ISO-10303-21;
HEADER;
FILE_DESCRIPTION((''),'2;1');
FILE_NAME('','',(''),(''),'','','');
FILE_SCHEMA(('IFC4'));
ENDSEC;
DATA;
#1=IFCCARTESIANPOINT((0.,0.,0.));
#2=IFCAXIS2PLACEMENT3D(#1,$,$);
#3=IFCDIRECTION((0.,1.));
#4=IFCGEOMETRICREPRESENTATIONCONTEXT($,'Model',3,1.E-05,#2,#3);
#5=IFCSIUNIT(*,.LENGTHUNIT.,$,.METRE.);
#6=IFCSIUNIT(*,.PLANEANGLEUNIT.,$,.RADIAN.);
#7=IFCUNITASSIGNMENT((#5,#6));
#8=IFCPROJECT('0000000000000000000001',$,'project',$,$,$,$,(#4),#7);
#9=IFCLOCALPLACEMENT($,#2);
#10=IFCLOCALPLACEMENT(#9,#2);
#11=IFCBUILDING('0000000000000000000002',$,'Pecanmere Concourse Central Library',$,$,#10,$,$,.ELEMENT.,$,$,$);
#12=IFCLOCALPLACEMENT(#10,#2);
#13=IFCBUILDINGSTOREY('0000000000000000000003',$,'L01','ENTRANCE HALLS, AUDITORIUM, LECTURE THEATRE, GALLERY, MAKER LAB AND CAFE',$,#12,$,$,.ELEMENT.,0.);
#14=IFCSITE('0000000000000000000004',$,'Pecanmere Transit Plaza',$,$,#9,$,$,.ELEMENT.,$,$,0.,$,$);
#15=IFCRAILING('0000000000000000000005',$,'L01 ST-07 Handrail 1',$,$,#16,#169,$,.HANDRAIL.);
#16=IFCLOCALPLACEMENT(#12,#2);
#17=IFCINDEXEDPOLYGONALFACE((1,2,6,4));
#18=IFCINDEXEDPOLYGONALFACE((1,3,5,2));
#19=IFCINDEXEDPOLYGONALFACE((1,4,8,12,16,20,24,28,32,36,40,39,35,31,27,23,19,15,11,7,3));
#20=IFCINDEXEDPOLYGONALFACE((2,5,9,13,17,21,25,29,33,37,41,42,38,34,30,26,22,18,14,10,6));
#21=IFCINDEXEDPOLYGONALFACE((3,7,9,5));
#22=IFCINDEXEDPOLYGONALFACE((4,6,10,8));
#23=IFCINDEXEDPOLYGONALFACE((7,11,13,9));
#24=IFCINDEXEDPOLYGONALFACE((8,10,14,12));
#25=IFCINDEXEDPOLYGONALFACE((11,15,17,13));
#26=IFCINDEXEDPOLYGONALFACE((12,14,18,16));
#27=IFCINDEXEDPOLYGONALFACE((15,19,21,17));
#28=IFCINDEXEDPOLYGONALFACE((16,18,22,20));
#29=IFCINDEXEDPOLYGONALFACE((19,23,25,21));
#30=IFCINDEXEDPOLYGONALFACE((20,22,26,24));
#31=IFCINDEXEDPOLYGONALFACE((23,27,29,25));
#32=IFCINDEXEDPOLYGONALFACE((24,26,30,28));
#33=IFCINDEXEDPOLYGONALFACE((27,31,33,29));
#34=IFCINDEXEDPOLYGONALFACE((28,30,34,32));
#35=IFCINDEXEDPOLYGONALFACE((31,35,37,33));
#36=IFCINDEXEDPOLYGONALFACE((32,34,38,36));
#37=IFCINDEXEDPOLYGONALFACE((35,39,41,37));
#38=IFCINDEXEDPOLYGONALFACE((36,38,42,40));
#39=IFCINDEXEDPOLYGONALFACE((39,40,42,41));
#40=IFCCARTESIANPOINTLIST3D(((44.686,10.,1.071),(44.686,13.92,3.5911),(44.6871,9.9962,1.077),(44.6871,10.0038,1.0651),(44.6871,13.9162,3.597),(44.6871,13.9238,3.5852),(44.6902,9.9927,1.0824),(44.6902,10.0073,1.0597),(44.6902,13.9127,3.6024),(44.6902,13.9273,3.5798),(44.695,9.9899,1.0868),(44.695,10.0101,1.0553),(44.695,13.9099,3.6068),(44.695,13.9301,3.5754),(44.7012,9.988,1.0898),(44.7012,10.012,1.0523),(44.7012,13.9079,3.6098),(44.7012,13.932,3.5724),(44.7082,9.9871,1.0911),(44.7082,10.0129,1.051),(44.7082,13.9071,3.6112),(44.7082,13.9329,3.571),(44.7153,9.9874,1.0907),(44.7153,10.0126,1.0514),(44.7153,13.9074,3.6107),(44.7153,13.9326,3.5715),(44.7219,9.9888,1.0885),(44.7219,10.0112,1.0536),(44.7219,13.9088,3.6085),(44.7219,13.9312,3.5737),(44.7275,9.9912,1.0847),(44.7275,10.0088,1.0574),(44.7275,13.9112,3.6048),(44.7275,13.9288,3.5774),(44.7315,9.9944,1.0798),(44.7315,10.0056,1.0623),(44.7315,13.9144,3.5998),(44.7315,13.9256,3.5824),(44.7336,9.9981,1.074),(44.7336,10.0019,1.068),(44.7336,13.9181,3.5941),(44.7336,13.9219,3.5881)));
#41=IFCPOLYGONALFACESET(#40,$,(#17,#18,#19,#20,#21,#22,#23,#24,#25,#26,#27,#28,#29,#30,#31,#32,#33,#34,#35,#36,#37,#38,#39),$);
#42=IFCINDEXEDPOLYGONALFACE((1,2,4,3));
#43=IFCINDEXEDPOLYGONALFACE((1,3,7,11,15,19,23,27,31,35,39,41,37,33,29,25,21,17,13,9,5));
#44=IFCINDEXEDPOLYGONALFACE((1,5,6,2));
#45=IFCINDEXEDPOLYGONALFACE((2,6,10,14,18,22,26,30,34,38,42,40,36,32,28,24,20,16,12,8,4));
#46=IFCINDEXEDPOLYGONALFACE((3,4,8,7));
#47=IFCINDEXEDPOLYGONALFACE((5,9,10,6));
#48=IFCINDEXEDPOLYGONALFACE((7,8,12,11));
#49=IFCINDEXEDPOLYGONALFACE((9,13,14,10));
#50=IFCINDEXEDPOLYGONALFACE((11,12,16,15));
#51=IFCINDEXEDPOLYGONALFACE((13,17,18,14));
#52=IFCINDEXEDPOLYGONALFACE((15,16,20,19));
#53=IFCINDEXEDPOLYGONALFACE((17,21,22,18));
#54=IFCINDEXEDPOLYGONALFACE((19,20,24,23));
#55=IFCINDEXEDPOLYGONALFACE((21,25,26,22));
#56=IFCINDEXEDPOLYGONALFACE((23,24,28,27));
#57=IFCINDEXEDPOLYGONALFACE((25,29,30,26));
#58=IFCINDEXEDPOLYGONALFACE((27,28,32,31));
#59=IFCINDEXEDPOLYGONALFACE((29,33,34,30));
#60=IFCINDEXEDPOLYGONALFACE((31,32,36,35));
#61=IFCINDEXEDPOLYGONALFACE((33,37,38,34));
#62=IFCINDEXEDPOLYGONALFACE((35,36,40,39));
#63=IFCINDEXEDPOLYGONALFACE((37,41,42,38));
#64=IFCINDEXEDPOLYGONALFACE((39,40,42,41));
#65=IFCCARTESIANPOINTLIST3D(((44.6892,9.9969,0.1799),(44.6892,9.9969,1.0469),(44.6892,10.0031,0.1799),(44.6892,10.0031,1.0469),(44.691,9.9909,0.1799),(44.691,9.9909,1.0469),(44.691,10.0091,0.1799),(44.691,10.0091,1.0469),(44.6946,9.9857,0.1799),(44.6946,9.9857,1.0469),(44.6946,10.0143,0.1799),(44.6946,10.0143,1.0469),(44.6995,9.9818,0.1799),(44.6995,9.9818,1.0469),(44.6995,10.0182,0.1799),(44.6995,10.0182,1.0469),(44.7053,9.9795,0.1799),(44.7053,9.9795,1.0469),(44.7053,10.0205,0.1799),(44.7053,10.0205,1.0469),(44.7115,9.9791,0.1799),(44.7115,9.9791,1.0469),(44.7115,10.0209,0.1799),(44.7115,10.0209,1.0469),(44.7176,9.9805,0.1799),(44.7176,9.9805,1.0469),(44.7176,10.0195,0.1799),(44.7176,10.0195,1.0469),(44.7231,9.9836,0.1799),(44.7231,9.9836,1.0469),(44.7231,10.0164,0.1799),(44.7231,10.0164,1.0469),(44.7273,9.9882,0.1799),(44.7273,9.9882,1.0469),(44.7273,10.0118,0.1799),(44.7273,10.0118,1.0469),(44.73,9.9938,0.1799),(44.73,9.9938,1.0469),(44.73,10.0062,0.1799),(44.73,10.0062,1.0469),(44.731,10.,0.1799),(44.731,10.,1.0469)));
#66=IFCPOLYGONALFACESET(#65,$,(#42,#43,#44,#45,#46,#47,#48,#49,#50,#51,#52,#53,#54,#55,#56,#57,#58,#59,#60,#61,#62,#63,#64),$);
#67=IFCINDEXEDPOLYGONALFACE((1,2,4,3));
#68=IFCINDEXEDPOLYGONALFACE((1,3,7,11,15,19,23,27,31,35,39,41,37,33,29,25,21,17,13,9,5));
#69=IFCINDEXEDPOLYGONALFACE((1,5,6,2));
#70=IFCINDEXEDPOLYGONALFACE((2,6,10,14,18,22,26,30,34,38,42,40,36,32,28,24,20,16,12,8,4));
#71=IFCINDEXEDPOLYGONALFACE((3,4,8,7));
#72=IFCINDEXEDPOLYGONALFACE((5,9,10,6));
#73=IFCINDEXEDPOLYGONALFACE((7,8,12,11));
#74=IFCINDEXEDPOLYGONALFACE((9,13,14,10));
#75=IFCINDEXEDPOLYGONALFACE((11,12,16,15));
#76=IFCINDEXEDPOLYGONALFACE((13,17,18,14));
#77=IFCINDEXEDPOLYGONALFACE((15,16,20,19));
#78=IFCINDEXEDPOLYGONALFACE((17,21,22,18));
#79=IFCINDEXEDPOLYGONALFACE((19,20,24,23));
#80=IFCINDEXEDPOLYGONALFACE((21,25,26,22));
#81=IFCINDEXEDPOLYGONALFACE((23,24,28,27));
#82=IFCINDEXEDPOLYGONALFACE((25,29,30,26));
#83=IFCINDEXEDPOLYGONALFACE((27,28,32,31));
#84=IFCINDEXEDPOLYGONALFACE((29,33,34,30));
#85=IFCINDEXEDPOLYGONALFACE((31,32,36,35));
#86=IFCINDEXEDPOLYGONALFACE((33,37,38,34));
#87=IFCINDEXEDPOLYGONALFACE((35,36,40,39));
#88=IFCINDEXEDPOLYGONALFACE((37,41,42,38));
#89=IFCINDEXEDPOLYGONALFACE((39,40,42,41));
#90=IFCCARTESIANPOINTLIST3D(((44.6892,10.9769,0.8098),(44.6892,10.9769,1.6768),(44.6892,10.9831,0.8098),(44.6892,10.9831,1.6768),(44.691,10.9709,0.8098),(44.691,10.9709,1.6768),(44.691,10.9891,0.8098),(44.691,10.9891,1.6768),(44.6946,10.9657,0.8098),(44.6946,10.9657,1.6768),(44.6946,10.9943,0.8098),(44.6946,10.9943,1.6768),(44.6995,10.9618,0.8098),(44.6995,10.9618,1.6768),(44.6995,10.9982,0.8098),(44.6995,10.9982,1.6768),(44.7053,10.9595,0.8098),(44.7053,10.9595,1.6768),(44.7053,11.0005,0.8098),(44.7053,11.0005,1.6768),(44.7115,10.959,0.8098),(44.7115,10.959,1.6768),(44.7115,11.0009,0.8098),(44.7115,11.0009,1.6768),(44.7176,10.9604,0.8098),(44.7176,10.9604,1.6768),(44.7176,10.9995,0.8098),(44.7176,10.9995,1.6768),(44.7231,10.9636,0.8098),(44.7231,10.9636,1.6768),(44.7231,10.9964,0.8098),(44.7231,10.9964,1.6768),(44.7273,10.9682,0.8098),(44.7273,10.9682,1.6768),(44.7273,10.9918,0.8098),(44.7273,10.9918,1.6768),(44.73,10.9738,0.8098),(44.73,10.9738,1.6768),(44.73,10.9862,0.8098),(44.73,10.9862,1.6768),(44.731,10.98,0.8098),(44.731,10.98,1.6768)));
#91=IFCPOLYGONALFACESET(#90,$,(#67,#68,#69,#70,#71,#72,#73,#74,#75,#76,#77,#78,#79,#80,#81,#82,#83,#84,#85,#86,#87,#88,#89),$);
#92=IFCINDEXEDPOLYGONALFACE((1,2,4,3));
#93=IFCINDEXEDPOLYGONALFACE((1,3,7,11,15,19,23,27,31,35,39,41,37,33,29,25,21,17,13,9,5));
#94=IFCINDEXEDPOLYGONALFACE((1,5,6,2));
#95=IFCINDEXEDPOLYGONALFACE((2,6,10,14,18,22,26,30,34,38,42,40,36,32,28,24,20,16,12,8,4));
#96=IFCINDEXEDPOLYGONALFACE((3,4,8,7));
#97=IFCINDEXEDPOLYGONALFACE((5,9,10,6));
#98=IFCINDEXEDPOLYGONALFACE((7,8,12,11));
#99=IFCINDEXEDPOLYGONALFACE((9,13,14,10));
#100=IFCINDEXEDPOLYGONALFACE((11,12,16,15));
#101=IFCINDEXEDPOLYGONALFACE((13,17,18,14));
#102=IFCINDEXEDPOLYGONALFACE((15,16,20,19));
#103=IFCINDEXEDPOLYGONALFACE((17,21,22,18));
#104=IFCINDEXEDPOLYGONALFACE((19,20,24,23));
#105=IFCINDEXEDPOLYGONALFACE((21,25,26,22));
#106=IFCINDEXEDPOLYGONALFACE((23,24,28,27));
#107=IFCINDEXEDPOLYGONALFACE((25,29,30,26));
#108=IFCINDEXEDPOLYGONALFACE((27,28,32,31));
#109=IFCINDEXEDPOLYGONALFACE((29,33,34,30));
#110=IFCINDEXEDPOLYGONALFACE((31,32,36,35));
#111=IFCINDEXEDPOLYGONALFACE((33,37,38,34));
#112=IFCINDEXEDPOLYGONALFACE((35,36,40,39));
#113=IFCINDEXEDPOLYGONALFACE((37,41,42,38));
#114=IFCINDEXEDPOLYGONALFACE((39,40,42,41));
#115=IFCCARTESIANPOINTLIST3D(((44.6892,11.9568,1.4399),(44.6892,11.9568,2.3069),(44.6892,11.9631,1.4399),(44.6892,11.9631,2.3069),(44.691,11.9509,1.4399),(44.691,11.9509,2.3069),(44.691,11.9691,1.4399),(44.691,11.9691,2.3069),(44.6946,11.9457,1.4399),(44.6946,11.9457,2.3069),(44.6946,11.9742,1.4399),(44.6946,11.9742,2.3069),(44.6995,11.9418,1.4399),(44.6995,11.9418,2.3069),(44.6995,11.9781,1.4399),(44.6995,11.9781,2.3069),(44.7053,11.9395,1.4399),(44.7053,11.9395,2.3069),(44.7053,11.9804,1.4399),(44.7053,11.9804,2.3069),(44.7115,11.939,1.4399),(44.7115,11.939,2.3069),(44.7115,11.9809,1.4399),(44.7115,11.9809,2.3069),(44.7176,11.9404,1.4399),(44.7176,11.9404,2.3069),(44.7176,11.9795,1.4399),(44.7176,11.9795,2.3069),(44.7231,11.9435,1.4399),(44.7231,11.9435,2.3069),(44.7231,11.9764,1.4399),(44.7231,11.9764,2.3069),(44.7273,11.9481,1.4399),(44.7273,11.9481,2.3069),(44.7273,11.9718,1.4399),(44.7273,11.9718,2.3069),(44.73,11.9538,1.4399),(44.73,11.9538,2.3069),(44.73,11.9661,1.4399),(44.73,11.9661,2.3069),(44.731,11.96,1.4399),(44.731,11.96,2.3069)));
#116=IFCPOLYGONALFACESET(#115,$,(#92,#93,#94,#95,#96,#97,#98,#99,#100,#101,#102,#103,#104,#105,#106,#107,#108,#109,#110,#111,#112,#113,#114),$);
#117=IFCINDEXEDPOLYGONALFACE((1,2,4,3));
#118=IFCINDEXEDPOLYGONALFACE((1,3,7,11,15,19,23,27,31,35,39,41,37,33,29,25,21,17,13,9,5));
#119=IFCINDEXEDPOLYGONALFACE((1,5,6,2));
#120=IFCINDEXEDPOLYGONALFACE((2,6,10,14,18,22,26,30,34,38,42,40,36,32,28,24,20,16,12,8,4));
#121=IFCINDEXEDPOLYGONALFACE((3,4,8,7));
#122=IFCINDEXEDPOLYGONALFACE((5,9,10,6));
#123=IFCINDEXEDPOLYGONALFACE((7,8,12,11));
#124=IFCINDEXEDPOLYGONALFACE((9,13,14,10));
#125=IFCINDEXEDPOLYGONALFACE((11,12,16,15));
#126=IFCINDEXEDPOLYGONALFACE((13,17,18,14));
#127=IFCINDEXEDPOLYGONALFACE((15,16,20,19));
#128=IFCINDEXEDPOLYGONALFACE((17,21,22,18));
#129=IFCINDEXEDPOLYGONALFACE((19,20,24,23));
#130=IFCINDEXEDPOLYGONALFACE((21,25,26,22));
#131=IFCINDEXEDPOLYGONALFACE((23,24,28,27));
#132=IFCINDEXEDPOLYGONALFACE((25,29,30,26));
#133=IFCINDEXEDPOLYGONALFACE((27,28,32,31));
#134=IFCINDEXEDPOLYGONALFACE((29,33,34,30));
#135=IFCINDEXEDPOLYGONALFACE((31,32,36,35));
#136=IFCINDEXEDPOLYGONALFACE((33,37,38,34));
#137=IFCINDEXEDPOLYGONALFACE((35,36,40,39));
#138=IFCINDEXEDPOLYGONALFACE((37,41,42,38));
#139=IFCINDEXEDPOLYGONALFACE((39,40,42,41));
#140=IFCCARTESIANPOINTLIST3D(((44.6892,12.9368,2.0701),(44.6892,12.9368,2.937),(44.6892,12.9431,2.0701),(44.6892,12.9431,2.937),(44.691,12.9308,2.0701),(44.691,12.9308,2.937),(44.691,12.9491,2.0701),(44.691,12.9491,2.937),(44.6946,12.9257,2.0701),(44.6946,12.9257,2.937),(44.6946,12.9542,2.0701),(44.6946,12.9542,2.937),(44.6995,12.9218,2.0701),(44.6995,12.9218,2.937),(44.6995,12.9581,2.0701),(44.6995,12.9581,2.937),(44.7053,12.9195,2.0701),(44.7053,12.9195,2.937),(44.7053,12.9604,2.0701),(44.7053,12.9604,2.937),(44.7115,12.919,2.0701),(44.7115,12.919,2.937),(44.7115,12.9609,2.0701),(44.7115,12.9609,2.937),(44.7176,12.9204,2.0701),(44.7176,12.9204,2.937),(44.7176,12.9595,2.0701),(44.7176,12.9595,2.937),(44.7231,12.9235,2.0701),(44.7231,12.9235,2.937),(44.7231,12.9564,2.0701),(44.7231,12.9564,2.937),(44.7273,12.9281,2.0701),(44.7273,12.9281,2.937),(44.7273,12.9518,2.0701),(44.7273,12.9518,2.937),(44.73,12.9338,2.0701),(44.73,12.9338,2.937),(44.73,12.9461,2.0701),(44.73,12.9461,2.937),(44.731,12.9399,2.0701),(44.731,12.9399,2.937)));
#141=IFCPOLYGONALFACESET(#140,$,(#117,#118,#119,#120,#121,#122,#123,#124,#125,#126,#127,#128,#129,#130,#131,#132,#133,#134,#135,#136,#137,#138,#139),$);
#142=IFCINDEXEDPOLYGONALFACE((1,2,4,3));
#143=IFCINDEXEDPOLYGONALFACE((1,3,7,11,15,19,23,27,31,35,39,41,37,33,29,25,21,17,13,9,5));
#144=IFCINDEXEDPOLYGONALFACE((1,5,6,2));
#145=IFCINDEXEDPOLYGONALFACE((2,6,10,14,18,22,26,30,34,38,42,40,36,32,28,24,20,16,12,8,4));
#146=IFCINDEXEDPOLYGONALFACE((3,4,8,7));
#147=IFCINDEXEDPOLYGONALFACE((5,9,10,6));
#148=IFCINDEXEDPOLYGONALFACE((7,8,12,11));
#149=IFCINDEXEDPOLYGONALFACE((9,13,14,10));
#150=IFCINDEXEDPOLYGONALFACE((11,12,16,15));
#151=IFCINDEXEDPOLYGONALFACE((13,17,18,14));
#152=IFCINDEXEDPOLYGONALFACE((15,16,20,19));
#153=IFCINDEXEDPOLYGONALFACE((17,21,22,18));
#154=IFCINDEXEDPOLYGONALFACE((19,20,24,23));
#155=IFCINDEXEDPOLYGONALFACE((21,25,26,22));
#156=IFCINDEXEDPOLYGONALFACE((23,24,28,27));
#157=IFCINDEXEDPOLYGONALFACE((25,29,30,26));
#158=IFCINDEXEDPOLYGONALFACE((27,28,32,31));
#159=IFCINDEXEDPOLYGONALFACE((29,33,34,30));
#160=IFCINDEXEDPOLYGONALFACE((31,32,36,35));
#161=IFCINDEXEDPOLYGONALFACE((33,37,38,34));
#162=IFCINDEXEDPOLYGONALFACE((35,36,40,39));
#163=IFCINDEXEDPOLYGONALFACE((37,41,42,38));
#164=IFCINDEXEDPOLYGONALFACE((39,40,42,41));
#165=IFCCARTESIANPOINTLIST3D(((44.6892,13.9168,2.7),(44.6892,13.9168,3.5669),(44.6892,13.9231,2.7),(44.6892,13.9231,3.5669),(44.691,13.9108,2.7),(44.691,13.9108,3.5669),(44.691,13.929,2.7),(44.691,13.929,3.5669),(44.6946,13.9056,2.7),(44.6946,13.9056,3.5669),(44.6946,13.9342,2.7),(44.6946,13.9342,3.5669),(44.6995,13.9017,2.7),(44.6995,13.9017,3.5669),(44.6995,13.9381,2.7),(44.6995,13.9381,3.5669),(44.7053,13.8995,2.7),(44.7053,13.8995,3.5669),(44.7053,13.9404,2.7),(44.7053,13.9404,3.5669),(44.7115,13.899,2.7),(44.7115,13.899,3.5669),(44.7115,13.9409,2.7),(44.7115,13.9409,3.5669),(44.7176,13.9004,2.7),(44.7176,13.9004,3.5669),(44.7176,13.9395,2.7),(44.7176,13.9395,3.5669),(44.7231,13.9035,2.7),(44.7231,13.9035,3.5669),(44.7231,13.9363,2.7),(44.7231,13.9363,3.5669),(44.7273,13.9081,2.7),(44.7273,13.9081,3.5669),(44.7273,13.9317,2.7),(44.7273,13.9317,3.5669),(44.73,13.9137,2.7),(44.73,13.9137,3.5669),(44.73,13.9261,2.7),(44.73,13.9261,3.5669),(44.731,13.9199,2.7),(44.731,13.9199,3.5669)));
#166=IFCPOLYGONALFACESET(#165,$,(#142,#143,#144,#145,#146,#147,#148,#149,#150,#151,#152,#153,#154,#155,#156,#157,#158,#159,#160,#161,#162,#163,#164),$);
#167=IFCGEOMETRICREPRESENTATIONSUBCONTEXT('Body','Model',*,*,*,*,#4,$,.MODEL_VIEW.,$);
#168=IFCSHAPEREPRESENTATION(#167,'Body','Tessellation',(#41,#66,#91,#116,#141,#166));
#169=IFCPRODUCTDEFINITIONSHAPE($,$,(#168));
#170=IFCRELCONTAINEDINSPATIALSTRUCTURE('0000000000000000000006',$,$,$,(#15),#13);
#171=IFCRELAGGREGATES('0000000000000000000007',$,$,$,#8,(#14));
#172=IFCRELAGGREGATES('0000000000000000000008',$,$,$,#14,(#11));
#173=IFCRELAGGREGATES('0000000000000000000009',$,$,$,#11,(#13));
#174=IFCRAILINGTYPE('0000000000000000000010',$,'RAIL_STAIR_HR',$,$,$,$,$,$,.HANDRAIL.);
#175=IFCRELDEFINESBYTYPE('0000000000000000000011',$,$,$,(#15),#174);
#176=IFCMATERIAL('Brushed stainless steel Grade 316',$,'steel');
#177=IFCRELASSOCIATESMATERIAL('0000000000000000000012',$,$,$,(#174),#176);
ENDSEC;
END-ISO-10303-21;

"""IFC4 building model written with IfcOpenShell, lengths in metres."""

from ifc_helpers import new_model, si_unit, direction, frame, origin, origin_2d, place, context, subcontext, project, spatial, circle, extrude, material, type_object, element, save


model = new_model("IFC4")

# Units and contexts
model_context = context("Model", 3, precision=1e-05, world=origin(), true_north=direction((0.0, 1.0)))
body_context = subcontext(model_context, "Body", "Model", "MODEL_VIEW")
ifc_project = project(units=[si_unit("LENGTHUNIT", "METRE"), si_unit("PLANEANGLEUNIT", "RADIAN")], contexts=[model_context])

# Site, building, storey
site_placement = place(None, origin())
site = spatial("IfcSite", under=ifc_project, at=site_placement, Name="Pecanmere Transit Plaza", CompositionType="ELEMENT", RefElevation=0.0)
building_placement = place(site_placement, origin())
building = spatial("IfcBuilding", under=site, at=building_placement, Name="Pecanmere Concourse Central Library", CompositionType="ELEMENT")
storey_placement = place(building_placement, origin())
storey = spatial("IfcBuildingStorey", under=building, at=storey_placement, Name="L01", Description="ENTRANCE HALLS, AUDITORIUM, LECTURE THEATRE, GALLERY, MAKER LAB AND CAFE", CompositionType="ELEMENT", Elevation=0.0)

# Railing
ifc_material_1 = material(Name="Brushed stainless steel Grade 316", Category="steel")
railing_type_1 = type_object("IfcRailingType", Name="RAIL_STAIR_HR", PredefinedType="HANDRAIL", material=ifc_material_1)
railing_1_placement = place(storey_placement, frame((44.71, 10.0, 0.1799)))
element("IfcRailing", 1, at=railing_1_placement, inside=storey, type_object=railing_type_1, Name="L01 ST-07 Handrail 1", PredefinedType="HANDRAIL", context=body_context, shape_type="SweptSolid", body=[
    extrude(circle(Radius=0.0239, at=origin_2d()), frame((0.0, 0.0, 0.8911), z_axis=(0.0, 0.841172, 0.540768), x_axis=(-1.0, 0.0, 0.0)), (0.0, 0.0, 1.0), 4.6602),
    extrude(circle(Radius=0.021, at=origin_2d()), origin(), (0.0, 0.0, 1.0), 0.8669),
    extrude(circle(Radius=0.021, at=origin_2d()), frame((0.0, 0.98, 0.6299)), (0.0, 0.0, 1.0), 0.8669),
    extrude(circle(Radius=0.021, at=origin_2d()), frame((0.0, 1.96, 1.26)), (0.0, 0.0, 1.0), 0.8669),
    extrude(circle(Radius=0.021, at=origin_2d()), frame((0.0, 2.9399, 1.8901)), (0.0, 0.0, 1.0), 0.8669),
    extrude(circle(Radius=0.021, at=origin_2d()), frame((0.0, 3.9199, 2.52)), (0.0, 0.0, 1.0), 0.8669),
])

save(model, "model.ifc")
